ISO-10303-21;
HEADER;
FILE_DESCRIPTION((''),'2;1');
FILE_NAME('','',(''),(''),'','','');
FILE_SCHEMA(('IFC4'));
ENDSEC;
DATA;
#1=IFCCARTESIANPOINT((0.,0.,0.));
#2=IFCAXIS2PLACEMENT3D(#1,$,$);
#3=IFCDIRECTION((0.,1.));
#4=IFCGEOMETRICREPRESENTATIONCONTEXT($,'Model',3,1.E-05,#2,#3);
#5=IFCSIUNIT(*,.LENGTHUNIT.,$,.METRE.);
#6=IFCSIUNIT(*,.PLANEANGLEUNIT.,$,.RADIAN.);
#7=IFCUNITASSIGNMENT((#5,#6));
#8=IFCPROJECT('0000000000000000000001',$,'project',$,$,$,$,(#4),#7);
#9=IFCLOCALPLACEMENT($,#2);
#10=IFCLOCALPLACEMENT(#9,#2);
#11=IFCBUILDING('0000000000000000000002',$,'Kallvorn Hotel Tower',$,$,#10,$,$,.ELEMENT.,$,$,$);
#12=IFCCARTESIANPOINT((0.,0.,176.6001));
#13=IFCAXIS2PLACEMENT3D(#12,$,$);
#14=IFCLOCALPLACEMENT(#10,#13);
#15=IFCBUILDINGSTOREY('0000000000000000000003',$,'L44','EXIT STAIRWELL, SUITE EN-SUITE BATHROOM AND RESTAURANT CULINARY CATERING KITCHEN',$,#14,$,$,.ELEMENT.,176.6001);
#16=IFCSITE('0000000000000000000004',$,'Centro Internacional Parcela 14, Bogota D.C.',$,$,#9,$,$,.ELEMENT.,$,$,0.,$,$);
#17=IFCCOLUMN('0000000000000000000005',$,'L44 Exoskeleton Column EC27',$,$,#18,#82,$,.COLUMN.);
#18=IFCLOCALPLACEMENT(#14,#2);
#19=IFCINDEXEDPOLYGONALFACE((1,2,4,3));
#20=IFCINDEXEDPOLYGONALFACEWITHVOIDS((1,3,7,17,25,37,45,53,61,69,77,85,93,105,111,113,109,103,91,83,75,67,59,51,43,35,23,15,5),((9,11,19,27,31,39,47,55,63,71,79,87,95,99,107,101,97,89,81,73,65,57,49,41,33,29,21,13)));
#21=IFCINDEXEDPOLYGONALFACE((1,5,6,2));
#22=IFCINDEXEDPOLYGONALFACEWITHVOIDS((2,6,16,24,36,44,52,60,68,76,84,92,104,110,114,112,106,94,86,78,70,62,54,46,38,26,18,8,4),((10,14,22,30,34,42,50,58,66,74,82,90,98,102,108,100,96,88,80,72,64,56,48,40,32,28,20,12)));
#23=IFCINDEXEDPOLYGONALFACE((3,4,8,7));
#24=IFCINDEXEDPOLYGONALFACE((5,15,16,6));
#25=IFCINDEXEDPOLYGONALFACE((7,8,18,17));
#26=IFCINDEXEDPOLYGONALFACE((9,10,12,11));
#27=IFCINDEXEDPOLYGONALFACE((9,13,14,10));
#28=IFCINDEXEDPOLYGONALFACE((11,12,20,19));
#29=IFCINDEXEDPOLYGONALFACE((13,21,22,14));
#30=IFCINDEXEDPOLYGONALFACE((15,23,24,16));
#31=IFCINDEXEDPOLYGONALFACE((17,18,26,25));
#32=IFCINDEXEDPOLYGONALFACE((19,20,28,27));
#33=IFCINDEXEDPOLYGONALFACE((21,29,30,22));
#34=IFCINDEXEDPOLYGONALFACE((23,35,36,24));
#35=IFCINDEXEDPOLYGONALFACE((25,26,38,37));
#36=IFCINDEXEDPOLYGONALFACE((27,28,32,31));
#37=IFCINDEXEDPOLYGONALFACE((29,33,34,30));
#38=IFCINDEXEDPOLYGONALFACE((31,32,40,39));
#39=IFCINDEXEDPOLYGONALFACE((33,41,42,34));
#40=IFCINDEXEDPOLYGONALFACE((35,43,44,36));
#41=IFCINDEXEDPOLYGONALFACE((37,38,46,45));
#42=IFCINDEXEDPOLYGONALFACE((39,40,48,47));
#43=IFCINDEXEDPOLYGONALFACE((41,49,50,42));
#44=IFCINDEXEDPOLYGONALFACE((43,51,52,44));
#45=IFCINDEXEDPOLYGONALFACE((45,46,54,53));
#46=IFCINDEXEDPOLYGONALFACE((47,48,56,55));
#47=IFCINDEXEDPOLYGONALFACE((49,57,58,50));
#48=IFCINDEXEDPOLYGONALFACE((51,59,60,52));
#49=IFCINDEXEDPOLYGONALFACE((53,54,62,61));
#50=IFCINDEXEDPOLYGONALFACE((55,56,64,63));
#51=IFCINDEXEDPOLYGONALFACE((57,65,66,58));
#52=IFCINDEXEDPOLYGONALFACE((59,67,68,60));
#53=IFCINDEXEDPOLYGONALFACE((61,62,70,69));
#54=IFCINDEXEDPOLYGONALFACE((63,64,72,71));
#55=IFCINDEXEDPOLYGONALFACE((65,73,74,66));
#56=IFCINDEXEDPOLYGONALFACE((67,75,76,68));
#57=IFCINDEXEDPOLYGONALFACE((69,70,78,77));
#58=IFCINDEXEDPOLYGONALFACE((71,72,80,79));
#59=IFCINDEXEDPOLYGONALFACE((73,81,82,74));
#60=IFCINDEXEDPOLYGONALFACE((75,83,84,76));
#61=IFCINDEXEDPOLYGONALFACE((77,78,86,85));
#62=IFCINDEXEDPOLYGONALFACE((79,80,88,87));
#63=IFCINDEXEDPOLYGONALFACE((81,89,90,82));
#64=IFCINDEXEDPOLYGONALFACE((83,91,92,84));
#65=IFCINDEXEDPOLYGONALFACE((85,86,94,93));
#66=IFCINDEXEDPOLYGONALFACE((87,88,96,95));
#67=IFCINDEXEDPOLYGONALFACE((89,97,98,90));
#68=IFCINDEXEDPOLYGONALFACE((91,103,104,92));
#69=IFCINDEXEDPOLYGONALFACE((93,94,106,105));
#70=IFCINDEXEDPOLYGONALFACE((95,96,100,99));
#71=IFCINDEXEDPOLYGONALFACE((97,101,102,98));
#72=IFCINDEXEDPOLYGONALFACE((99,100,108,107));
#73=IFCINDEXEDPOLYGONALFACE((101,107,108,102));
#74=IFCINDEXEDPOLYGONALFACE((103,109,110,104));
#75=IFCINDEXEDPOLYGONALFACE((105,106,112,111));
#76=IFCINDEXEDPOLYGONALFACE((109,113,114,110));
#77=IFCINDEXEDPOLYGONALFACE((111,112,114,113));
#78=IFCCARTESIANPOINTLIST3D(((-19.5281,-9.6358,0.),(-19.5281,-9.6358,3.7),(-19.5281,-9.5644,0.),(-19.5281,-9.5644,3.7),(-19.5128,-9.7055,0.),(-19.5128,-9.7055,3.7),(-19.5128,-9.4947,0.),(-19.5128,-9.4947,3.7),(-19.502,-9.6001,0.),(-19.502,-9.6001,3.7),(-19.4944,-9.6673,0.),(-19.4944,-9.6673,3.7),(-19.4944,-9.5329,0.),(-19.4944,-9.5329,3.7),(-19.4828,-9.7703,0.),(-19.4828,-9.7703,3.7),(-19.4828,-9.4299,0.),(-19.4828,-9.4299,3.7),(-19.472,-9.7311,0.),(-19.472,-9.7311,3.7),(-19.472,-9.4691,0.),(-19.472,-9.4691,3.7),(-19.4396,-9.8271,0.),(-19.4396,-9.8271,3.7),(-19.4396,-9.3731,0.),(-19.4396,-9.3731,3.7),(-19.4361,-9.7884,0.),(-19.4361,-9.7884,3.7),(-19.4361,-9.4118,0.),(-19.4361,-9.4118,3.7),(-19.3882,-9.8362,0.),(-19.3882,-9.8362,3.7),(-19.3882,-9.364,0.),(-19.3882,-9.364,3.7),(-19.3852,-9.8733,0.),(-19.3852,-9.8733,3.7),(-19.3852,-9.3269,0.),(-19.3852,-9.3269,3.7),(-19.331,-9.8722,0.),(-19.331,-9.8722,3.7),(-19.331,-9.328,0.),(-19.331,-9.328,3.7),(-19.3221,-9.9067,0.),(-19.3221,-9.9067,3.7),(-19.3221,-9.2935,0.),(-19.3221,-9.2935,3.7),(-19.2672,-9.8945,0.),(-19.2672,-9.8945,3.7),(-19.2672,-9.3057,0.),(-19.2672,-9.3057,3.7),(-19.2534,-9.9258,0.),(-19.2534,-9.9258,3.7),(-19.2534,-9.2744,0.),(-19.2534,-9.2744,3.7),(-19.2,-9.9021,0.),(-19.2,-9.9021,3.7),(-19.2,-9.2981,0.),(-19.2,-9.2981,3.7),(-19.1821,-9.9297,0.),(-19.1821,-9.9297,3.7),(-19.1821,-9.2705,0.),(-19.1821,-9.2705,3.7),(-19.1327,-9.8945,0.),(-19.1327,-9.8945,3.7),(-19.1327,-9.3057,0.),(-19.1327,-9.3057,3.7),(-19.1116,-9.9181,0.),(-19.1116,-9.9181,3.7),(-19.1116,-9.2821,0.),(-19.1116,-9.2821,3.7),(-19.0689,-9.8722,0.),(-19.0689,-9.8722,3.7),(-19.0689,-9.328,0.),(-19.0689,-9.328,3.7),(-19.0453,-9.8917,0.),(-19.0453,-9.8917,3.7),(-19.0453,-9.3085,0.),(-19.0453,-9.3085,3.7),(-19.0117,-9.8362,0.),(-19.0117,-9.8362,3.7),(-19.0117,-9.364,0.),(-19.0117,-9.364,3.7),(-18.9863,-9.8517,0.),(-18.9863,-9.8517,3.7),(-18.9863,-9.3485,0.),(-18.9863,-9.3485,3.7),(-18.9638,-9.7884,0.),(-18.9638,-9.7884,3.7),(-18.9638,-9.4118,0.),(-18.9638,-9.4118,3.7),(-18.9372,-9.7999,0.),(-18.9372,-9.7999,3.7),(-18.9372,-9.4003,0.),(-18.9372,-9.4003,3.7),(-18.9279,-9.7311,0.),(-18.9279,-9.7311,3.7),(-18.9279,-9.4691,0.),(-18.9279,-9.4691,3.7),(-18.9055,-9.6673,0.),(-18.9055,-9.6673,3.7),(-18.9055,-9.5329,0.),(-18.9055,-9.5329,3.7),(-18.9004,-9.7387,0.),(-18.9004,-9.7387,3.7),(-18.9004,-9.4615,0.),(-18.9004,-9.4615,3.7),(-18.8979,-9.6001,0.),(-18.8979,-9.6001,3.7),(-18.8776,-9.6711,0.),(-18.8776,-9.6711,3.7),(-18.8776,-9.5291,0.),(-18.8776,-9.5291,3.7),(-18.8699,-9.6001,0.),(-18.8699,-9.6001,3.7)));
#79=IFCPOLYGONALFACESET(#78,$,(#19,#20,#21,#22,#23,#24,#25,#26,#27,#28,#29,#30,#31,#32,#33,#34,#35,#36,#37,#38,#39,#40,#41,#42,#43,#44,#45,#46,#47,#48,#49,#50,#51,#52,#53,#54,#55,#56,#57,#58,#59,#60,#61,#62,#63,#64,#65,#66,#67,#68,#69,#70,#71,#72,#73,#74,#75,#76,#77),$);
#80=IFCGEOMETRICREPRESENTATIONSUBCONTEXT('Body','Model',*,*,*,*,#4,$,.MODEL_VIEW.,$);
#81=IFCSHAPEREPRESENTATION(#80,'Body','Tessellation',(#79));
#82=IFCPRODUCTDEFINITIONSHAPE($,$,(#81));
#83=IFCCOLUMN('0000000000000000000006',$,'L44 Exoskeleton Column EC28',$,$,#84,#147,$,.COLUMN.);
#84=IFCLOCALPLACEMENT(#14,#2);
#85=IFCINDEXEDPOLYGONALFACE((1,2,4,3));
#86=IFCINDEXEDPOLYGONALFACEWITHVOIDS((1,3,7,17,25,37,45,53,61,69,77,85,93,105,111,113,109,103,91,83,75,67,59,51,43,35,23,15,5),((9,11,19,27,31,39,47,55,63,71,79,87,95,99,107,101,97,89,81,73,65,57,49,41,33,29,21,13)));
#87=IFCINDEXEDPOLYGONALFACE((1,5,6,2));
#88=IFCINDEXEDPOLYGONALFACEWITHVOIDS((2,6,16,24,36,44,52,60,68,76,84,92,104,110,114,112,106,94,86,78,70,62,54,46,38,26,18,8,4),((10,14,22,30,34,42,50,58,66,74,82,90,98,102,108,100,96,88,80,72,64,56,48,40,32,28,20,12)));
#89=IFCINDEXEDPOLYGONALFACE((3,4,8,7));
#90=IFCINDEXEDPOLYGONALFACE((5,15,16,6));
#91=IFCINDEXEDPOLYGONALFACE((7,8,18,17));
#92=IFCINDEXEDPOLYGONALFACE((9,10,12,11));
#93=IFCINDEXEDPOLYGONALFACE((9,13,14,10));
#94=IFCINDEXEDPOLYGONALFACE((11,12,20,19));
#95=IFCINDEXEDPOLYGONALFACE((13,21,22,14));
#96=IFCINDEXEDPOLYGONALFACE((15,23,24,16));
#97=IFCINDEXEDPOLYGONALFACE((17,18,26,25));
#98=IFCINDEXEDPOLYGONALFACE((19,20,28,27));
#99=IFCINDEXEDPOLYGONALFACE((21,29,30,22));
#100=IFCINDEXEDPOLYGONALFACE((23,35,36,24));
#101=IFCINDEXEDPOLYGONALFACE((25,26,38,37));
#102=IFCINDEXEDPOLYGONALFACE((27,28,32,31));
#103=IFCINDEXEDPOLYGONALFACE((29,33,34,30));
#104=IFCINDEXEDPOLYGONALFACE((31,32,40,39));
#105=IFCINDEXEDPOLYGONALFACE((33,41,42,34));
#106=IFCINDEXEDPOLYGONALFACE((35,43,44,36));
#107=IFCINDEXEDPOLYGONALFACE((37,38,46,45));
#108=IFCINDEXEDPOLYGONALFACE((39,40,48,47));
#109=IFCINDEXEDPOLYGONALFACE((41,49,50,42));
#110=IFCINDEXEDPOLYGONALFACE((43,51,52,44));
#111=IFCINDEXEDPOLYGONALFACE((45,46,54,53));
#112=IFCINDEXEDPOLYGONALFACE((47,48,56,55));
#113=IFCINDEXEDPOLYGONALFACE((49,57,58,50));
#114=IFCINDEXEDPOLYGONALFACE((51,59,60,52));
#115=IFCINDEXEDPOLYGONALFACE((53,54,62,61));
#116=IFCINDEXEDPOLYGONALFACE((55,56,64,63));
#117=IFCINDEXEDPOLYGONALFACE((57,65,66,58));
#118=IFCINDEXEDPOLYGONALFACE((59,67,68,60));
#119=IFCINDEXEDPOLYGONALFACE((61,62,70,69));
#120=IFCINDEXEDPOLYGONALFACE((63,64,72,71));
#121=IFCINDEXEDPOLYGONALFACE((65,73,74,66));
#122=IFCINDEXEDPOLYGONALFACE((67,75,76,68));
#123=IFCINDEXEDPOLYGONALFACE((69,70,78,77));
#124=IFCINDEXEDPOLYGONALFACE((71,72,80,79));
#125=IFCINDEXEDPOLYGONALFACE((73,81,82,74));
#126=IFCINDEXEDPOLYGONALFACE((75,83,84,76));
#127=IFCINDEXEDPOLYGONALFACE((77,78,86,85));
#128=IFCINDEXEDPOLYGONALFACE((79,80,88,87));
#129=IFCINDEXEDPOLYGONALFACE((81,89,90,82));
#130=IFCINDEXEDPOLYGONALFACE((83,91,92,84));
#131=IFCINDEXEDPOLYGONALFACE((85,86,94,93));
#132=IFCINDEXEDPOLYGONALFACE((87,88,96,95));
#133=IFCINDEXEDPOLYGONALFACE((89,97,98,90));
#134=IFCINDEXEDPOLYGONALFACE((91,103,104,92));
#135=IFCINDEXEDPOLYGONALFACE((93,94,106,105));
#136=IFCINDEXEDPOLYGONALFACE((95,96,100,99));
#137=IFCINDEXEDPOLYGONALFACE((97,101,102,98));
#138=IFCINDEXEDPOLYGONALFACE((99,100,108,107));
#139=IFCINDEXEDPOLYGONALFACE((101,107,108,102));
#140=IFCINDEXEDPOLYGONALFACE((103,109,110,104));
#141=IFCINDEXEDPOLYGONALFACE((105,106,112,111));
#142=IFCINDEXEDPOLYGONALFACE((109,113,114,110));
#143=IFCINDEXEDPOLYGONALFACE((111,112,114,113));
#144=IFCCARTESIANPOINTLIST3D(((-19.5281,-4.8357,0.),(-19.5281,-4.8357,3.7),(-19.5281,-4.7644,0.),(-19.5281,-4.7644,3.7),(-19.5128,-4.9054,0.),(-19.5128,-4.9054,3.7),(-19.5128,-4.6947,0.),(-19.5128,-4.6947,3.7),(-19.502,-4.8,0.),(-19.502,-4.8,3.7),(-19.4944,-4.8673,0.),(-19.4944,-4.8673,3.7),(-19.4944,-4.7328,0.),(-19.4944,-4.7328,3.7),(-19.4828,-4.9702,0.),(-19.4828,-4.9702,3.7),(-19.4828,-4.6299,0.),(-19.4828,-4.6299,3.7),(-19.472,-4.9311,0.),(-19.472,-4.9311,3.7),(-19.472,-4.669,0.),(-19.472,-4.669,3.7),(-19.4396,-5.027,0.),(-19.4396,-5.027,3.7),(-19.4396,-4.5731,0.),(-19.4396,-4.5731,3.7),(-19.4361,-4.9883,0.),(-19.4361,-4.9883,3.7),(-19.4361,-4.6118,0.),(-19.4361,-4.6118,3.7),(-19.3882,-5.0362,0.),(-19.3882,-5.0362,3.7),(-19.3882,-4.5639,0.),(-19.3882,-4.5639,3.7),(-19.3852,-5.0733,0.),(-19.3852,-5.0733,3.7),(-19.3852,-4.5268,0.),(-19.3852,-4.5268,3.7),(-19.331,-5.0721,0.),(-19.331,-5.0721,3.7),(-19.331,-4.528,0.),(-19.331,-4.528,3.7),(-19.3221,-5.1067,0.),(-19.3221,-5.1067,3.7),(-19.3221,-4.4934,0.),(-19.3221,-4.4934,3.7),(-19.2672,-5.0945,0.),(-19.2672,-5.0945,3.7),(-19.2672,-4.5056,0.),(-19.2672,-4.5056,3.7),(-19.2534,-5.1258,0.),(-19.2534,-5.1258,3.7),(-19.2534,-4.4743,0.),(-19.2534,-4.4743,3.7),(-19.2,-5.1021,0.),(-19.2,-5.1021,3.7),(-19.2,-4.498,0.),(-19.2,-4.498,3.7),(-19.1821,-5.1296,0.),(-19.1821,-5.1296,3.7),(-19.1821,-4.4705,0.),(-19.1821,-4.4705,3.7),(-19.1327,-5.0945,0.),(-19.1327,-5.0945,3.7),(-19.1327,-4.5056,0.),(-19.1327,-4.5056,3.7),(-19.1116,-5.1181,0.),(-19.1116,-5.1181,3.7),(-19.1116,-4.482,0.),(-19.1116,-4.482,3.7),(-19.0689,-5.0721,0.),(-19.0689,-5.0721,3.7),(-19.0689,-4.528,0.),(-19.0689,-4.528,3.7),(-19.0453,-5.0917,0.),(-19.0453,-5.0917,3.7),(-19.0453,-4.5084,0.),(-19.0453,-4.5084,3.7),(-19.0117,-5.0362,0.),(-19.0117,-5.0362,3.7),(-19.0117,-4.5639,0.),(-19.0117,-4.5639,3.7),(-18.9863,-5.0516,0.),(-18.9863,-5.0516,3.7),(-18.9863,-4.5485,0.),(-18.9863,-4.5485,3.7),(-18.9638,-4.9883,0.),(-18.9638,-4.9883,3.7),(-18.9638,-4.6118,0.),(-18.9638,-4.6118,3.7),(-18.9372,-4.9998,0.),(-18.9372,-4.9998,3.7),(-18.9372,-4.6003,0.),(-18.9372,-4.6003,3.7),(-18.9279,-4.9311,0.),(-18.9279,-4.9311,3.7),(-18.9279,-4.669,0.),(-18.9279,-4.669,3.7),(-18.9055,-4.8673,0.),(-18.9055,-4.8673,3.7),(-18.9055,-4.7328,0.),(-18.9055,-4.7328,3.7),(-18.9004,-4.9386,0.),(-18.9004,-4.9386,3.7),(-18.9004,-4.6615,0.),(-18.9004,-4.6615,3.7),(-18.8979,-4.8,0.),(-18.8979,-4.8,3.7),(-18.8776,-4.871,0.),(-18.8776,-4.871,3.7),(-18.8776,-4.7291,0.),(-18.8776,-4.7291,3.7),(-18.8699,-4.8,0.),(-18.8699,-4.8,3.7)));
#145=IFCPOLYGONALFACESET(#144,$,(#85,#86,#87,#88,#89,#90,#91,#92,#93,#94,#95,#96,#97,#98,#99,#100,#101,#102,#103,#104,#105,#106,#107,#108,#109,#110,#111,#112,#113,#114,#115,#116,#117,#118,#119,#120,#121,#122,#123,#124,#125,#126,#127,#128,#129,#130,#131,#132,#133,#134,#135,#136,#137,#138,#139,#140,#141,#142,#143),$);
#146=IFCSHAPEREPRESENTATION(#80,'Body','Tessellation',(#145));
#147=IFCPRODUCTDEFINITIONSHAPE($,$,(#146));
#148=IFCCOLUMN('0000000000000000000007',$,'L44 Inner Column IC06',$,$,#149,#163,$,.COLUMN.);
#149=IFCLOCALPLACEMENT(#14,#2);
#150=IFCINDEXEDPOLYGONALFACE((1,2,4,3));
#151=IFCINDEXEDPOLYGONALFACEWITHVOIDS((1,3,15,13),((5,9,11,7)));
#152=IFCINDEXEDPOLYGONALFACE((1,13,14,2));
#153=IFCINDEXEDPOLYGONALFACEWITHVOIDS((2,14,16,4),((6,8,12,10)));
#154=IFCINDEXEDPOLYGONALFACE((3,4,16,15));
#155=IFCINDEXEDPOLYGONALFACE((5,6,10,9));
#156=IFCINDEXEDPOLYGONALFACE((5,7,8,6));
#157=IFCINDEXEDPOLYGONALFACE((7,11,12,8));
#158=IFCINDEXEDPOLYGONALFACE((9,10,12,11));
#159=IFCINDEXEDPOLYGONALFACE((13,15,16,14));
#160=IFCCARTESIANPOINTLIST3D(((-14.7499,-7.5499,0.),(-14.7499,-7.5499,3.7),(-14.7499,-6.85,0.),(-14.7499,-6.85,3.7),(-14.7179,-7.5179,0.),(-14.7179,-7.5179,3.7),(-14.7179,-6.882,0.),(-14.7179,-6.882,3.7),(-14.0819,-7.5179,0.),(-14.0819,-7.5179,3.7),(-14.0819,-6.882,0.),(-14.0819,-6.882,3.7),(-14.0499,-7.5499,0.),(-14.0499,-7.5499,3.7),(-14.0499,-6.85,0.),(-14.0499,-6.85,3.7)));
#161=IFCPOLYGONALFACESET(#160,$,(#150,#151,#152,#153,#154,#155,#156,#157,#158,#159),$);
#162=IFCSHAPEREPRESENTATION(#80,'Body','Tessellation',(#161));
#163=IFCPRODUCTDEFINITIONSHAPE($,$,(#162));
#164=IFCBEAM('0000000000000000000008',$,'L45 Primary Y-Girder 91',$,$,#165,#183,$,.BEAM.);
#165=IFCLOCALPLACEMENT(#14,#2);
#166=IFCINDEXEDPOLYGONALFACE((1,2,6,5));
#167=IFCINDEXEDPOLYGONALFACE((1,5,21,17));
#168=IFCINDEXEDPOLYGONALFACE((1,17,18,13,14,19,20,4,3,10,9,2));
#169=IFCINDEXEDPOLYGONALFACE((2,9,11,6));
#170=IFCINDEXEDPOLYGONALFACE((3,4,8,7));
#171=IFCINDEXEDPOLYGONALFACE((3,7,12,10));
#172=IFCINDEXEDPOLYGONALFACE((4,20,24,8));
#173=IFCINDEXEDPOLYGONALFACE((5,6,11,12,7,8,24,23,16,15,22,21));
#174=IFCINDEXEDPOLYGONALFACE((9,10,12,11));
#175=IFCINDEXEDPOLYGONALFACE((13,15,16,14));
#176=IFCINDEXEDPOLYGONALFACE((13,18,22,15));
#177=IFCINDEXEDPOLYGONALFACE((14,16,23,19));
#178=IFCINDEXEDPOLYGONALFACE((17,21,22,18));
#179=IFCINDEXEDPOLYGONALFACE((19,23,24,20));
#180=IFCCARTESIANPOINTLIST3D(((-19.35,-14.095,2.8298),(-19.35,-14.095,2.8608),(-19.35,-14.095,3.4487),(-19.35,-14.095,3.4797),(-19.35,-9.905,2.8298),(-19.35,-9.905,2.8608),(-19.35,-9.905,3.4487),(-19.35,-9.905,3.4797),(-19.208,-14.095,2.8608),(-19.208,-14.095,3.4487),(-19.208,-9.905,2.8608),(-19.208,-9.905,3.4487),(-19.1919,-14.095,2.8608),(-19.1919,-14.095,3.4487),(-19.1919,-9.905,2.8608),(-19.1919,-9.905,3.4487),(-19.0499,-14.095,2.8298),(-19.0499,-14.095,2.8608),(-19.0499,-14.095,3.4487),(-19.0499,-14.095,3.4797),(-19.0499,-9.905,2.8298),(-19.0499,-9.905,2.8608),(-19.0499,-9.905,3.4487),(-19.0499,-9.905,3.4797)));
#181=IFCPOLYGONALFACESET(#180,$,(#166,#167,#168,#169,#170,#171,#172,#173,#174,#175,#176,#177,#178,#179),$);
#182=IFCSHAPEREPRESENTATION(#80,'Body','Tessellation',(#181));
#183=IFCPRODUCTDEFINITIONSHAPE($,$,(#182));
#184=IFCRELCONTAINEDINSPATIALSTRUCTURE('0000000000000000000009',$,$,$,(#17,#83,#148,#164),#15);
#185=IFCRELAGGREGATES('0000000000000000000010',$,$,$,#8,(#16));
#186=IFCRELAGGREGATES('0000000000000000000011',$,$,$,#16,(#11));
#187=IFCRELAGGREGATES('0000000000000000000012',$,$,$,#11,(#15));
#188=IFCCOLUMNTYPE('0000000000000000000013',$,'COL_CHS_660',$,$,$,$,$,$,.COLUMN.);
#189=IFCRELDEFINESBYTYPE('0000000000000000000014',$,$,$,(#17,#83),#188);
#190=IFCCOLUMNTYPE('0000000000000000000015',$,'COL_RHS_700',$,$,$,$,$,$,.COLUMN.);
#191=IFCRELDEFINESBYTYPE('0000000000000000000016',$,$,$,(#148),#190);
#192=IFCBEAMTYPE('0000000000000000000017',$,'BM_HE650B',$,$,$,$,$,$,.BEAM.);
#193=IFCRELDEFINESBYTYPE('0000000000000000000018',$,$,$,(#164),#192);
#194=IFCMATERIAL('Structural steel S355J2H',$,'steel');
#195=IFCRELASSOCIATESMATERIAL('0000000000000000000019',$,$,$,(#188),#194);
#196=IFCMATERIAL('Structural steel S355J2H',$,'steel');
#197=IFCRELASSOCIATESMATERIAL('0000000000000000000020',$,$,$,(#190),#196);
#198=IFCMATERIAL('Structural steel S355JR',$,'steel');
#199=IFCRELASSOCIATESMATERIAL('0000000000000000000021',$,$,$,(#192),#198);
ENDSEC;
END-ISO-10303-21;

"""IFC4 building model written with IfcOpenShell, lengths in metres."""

from ifc_helpers import new_model, si_unit, direction, frame, origin, origin_2d, place, context, subcontext, project, spatial, hollow_rectangle, hollow_circle, i_section, extrude, material, material_profile, profile_set, type_object, element, save


model = new_model("IFC4")

# Units and contexts
model_context = context("Model", 3, precision=1e-05, world=origin(), true_north=direction((0.0, 1.0)))
body_context = subcontext(model_context, "Body", "Model", "MODEL_VIEW")
ifc_project = project(units=[si_unit("LENGTHUNIT", "METRE"), si_unit("PLANEANGLEUNIT", "RADIAN")], contexts=[model_context])

# Site, building, storey
site_placement = place(None, origin())
site = spatial("IfcSite", under=ifc_project, at=site_placement, Name="Centro Internacional Parcela 14, Bogota D.C.", CompositionType="ELEMENT", RefElevation=0.0)
building_placement = place(site_placement, origin())
building = spatial("IfcBuilding", under=site, at=building_placement, Name="Kallvorn Hotel Tower", CompositionType="ELEMENT")
storey_placement = place(building_placement, frame((0.0, 0.0, 176.6001)))
storey = spatial("IfcBuildingStorey", under=building, at=storey_placement, Name="L44", Description="EXIT STAIRWELL, SUITE EN-SUITE BATHROOM AND RESTAURANT CULINARY CATERING KITCHEN", CompositionType="ELEMENT", Elevation=176.6001)

# Columns
ifc_material_1 = material(Name="Structural steel S355J2H", Category="steel")
ifc_material_profile_1 = material_profile(ifc_material_1, hollow_circle(Radius=0.3301, WallThickness=0.0281, at=origin_2d()), Name="CHS 660x28")
ifc_profile_set_1 = profile_set([ifc_material_profile_1], Name="Structural steel S355J2H")
column_type_1 = type_object("IfcColumnType", Name="COL_CHS_660", PredefinedType="COLUMN", material=ifc_profile_set_1)
for number, where, z_axis, x_axis, name in (
    (1, (-19.2, -9.6001, 0.0), (0.0, 0.0, 1.0), (1.0, 0.0, 0.0), "L44 Exoskeleton Column EC27"),
    (2, (-19.2, -4.8, 0.0), (0.0, 0.0, 1.0), (1.0, 0.0, 0.0), "L44 Exoskeleton Column EC28"),
):
    element("IfcColumn", number, at=place(storey_placement, frame(where, z_axis=z_axis, x_axis=x_axis)), inside=storey, type_object=column_type_1, Name=name, PredefinedType="COLUMN", context=body_context, shape_type="SweptSolid", body=[
        extrude(hollow_circle(Radius=0.3301, WallThickness=0.0281, at=origin_2d()), origin(), (0.0, 0.0, 1.0), 3.7),
    ])
ifc_material_2 = material(Name="Structural steel S355J2H", Category="steel")
ifc_material_profile_2 = material_profile(ifc_material_2, hollow_rectangle(XDim=0.7, YDim=0.7, WallThickness=0.032, at=origin_2d()), Name="RHS 700x700x32")
ifc_profile_set_2 = profile_set([ifc_material_profile_2], Name="Structural steel S355J2H")
column_type_2 = type_object("IfcColumnType", Name="COL_RHS_700", PredefinedType="COLUMN", material=ifc_profile_set_2)
column_placement = place(storey_placement, frame((-14.3999, -7.2, 0.0), z_axis=(0.0, 0.0, 1.0), x_axis=(1.0, 0.0, 0.0)))
element("IfcColumn", 3, at=column_placement, inside=storey, type_object=column_type_2, Name="L44 Inner Column IC06", PredefinedType="COLUMN", context=body_context, shape_type="SweptSolid", body=[
    extrude(hollow_rectangle(XDim=0.7, YDim=0.7, WallThickness=0.032, at=origin_2d()), origin(), (0.0, 0.0, 1.0), 3.7),
])

# Beam
ifc_material_3 = material(Name="Structural steel S355JR", Category="steel")
ifc_material_profile_3 = material_profile(ifc_material_3, i_section(OverallWidth=0.3, OverallDepth=0.6499, WebThickness=0.0161, FlangeThickness=0.031, at=origin_2d()), Name="HE 650 B")
ifc_profile_set_3 = profile_set([ifc_material_profile_3], Name="Structural steel S355JR")
beam_type_1 = type_object("IfcBeamType", Name="BM_HE650B", PredefinedType="BEAM", material=ifc_profile_set_3)
beam_1_placement = place(storey_placement, frame((-19.2, -14.095, 3.1548), z_axis=(0.0, 1.0, 0.0), x_axis=(-1.0, 0.0, 0.0)))
element("IfcBeam", 4, at=beam_1_placement, inside=storey, type_object=beam_type_1, Name="L45 Primary Y-Girder 91", PredefinedType="BEAM", context=body_context, shape_type="SweptSolid", body=[
    extrude(i_section(OverallWidth=0.3, OverallDepth=0.6499, WebThickness=0.0161, FlangeThickness=0.031, at=origin_2d()), origin(), (0.0, 0.0, 1.0), 4.1899),
])

save(model, "model.ifc")
